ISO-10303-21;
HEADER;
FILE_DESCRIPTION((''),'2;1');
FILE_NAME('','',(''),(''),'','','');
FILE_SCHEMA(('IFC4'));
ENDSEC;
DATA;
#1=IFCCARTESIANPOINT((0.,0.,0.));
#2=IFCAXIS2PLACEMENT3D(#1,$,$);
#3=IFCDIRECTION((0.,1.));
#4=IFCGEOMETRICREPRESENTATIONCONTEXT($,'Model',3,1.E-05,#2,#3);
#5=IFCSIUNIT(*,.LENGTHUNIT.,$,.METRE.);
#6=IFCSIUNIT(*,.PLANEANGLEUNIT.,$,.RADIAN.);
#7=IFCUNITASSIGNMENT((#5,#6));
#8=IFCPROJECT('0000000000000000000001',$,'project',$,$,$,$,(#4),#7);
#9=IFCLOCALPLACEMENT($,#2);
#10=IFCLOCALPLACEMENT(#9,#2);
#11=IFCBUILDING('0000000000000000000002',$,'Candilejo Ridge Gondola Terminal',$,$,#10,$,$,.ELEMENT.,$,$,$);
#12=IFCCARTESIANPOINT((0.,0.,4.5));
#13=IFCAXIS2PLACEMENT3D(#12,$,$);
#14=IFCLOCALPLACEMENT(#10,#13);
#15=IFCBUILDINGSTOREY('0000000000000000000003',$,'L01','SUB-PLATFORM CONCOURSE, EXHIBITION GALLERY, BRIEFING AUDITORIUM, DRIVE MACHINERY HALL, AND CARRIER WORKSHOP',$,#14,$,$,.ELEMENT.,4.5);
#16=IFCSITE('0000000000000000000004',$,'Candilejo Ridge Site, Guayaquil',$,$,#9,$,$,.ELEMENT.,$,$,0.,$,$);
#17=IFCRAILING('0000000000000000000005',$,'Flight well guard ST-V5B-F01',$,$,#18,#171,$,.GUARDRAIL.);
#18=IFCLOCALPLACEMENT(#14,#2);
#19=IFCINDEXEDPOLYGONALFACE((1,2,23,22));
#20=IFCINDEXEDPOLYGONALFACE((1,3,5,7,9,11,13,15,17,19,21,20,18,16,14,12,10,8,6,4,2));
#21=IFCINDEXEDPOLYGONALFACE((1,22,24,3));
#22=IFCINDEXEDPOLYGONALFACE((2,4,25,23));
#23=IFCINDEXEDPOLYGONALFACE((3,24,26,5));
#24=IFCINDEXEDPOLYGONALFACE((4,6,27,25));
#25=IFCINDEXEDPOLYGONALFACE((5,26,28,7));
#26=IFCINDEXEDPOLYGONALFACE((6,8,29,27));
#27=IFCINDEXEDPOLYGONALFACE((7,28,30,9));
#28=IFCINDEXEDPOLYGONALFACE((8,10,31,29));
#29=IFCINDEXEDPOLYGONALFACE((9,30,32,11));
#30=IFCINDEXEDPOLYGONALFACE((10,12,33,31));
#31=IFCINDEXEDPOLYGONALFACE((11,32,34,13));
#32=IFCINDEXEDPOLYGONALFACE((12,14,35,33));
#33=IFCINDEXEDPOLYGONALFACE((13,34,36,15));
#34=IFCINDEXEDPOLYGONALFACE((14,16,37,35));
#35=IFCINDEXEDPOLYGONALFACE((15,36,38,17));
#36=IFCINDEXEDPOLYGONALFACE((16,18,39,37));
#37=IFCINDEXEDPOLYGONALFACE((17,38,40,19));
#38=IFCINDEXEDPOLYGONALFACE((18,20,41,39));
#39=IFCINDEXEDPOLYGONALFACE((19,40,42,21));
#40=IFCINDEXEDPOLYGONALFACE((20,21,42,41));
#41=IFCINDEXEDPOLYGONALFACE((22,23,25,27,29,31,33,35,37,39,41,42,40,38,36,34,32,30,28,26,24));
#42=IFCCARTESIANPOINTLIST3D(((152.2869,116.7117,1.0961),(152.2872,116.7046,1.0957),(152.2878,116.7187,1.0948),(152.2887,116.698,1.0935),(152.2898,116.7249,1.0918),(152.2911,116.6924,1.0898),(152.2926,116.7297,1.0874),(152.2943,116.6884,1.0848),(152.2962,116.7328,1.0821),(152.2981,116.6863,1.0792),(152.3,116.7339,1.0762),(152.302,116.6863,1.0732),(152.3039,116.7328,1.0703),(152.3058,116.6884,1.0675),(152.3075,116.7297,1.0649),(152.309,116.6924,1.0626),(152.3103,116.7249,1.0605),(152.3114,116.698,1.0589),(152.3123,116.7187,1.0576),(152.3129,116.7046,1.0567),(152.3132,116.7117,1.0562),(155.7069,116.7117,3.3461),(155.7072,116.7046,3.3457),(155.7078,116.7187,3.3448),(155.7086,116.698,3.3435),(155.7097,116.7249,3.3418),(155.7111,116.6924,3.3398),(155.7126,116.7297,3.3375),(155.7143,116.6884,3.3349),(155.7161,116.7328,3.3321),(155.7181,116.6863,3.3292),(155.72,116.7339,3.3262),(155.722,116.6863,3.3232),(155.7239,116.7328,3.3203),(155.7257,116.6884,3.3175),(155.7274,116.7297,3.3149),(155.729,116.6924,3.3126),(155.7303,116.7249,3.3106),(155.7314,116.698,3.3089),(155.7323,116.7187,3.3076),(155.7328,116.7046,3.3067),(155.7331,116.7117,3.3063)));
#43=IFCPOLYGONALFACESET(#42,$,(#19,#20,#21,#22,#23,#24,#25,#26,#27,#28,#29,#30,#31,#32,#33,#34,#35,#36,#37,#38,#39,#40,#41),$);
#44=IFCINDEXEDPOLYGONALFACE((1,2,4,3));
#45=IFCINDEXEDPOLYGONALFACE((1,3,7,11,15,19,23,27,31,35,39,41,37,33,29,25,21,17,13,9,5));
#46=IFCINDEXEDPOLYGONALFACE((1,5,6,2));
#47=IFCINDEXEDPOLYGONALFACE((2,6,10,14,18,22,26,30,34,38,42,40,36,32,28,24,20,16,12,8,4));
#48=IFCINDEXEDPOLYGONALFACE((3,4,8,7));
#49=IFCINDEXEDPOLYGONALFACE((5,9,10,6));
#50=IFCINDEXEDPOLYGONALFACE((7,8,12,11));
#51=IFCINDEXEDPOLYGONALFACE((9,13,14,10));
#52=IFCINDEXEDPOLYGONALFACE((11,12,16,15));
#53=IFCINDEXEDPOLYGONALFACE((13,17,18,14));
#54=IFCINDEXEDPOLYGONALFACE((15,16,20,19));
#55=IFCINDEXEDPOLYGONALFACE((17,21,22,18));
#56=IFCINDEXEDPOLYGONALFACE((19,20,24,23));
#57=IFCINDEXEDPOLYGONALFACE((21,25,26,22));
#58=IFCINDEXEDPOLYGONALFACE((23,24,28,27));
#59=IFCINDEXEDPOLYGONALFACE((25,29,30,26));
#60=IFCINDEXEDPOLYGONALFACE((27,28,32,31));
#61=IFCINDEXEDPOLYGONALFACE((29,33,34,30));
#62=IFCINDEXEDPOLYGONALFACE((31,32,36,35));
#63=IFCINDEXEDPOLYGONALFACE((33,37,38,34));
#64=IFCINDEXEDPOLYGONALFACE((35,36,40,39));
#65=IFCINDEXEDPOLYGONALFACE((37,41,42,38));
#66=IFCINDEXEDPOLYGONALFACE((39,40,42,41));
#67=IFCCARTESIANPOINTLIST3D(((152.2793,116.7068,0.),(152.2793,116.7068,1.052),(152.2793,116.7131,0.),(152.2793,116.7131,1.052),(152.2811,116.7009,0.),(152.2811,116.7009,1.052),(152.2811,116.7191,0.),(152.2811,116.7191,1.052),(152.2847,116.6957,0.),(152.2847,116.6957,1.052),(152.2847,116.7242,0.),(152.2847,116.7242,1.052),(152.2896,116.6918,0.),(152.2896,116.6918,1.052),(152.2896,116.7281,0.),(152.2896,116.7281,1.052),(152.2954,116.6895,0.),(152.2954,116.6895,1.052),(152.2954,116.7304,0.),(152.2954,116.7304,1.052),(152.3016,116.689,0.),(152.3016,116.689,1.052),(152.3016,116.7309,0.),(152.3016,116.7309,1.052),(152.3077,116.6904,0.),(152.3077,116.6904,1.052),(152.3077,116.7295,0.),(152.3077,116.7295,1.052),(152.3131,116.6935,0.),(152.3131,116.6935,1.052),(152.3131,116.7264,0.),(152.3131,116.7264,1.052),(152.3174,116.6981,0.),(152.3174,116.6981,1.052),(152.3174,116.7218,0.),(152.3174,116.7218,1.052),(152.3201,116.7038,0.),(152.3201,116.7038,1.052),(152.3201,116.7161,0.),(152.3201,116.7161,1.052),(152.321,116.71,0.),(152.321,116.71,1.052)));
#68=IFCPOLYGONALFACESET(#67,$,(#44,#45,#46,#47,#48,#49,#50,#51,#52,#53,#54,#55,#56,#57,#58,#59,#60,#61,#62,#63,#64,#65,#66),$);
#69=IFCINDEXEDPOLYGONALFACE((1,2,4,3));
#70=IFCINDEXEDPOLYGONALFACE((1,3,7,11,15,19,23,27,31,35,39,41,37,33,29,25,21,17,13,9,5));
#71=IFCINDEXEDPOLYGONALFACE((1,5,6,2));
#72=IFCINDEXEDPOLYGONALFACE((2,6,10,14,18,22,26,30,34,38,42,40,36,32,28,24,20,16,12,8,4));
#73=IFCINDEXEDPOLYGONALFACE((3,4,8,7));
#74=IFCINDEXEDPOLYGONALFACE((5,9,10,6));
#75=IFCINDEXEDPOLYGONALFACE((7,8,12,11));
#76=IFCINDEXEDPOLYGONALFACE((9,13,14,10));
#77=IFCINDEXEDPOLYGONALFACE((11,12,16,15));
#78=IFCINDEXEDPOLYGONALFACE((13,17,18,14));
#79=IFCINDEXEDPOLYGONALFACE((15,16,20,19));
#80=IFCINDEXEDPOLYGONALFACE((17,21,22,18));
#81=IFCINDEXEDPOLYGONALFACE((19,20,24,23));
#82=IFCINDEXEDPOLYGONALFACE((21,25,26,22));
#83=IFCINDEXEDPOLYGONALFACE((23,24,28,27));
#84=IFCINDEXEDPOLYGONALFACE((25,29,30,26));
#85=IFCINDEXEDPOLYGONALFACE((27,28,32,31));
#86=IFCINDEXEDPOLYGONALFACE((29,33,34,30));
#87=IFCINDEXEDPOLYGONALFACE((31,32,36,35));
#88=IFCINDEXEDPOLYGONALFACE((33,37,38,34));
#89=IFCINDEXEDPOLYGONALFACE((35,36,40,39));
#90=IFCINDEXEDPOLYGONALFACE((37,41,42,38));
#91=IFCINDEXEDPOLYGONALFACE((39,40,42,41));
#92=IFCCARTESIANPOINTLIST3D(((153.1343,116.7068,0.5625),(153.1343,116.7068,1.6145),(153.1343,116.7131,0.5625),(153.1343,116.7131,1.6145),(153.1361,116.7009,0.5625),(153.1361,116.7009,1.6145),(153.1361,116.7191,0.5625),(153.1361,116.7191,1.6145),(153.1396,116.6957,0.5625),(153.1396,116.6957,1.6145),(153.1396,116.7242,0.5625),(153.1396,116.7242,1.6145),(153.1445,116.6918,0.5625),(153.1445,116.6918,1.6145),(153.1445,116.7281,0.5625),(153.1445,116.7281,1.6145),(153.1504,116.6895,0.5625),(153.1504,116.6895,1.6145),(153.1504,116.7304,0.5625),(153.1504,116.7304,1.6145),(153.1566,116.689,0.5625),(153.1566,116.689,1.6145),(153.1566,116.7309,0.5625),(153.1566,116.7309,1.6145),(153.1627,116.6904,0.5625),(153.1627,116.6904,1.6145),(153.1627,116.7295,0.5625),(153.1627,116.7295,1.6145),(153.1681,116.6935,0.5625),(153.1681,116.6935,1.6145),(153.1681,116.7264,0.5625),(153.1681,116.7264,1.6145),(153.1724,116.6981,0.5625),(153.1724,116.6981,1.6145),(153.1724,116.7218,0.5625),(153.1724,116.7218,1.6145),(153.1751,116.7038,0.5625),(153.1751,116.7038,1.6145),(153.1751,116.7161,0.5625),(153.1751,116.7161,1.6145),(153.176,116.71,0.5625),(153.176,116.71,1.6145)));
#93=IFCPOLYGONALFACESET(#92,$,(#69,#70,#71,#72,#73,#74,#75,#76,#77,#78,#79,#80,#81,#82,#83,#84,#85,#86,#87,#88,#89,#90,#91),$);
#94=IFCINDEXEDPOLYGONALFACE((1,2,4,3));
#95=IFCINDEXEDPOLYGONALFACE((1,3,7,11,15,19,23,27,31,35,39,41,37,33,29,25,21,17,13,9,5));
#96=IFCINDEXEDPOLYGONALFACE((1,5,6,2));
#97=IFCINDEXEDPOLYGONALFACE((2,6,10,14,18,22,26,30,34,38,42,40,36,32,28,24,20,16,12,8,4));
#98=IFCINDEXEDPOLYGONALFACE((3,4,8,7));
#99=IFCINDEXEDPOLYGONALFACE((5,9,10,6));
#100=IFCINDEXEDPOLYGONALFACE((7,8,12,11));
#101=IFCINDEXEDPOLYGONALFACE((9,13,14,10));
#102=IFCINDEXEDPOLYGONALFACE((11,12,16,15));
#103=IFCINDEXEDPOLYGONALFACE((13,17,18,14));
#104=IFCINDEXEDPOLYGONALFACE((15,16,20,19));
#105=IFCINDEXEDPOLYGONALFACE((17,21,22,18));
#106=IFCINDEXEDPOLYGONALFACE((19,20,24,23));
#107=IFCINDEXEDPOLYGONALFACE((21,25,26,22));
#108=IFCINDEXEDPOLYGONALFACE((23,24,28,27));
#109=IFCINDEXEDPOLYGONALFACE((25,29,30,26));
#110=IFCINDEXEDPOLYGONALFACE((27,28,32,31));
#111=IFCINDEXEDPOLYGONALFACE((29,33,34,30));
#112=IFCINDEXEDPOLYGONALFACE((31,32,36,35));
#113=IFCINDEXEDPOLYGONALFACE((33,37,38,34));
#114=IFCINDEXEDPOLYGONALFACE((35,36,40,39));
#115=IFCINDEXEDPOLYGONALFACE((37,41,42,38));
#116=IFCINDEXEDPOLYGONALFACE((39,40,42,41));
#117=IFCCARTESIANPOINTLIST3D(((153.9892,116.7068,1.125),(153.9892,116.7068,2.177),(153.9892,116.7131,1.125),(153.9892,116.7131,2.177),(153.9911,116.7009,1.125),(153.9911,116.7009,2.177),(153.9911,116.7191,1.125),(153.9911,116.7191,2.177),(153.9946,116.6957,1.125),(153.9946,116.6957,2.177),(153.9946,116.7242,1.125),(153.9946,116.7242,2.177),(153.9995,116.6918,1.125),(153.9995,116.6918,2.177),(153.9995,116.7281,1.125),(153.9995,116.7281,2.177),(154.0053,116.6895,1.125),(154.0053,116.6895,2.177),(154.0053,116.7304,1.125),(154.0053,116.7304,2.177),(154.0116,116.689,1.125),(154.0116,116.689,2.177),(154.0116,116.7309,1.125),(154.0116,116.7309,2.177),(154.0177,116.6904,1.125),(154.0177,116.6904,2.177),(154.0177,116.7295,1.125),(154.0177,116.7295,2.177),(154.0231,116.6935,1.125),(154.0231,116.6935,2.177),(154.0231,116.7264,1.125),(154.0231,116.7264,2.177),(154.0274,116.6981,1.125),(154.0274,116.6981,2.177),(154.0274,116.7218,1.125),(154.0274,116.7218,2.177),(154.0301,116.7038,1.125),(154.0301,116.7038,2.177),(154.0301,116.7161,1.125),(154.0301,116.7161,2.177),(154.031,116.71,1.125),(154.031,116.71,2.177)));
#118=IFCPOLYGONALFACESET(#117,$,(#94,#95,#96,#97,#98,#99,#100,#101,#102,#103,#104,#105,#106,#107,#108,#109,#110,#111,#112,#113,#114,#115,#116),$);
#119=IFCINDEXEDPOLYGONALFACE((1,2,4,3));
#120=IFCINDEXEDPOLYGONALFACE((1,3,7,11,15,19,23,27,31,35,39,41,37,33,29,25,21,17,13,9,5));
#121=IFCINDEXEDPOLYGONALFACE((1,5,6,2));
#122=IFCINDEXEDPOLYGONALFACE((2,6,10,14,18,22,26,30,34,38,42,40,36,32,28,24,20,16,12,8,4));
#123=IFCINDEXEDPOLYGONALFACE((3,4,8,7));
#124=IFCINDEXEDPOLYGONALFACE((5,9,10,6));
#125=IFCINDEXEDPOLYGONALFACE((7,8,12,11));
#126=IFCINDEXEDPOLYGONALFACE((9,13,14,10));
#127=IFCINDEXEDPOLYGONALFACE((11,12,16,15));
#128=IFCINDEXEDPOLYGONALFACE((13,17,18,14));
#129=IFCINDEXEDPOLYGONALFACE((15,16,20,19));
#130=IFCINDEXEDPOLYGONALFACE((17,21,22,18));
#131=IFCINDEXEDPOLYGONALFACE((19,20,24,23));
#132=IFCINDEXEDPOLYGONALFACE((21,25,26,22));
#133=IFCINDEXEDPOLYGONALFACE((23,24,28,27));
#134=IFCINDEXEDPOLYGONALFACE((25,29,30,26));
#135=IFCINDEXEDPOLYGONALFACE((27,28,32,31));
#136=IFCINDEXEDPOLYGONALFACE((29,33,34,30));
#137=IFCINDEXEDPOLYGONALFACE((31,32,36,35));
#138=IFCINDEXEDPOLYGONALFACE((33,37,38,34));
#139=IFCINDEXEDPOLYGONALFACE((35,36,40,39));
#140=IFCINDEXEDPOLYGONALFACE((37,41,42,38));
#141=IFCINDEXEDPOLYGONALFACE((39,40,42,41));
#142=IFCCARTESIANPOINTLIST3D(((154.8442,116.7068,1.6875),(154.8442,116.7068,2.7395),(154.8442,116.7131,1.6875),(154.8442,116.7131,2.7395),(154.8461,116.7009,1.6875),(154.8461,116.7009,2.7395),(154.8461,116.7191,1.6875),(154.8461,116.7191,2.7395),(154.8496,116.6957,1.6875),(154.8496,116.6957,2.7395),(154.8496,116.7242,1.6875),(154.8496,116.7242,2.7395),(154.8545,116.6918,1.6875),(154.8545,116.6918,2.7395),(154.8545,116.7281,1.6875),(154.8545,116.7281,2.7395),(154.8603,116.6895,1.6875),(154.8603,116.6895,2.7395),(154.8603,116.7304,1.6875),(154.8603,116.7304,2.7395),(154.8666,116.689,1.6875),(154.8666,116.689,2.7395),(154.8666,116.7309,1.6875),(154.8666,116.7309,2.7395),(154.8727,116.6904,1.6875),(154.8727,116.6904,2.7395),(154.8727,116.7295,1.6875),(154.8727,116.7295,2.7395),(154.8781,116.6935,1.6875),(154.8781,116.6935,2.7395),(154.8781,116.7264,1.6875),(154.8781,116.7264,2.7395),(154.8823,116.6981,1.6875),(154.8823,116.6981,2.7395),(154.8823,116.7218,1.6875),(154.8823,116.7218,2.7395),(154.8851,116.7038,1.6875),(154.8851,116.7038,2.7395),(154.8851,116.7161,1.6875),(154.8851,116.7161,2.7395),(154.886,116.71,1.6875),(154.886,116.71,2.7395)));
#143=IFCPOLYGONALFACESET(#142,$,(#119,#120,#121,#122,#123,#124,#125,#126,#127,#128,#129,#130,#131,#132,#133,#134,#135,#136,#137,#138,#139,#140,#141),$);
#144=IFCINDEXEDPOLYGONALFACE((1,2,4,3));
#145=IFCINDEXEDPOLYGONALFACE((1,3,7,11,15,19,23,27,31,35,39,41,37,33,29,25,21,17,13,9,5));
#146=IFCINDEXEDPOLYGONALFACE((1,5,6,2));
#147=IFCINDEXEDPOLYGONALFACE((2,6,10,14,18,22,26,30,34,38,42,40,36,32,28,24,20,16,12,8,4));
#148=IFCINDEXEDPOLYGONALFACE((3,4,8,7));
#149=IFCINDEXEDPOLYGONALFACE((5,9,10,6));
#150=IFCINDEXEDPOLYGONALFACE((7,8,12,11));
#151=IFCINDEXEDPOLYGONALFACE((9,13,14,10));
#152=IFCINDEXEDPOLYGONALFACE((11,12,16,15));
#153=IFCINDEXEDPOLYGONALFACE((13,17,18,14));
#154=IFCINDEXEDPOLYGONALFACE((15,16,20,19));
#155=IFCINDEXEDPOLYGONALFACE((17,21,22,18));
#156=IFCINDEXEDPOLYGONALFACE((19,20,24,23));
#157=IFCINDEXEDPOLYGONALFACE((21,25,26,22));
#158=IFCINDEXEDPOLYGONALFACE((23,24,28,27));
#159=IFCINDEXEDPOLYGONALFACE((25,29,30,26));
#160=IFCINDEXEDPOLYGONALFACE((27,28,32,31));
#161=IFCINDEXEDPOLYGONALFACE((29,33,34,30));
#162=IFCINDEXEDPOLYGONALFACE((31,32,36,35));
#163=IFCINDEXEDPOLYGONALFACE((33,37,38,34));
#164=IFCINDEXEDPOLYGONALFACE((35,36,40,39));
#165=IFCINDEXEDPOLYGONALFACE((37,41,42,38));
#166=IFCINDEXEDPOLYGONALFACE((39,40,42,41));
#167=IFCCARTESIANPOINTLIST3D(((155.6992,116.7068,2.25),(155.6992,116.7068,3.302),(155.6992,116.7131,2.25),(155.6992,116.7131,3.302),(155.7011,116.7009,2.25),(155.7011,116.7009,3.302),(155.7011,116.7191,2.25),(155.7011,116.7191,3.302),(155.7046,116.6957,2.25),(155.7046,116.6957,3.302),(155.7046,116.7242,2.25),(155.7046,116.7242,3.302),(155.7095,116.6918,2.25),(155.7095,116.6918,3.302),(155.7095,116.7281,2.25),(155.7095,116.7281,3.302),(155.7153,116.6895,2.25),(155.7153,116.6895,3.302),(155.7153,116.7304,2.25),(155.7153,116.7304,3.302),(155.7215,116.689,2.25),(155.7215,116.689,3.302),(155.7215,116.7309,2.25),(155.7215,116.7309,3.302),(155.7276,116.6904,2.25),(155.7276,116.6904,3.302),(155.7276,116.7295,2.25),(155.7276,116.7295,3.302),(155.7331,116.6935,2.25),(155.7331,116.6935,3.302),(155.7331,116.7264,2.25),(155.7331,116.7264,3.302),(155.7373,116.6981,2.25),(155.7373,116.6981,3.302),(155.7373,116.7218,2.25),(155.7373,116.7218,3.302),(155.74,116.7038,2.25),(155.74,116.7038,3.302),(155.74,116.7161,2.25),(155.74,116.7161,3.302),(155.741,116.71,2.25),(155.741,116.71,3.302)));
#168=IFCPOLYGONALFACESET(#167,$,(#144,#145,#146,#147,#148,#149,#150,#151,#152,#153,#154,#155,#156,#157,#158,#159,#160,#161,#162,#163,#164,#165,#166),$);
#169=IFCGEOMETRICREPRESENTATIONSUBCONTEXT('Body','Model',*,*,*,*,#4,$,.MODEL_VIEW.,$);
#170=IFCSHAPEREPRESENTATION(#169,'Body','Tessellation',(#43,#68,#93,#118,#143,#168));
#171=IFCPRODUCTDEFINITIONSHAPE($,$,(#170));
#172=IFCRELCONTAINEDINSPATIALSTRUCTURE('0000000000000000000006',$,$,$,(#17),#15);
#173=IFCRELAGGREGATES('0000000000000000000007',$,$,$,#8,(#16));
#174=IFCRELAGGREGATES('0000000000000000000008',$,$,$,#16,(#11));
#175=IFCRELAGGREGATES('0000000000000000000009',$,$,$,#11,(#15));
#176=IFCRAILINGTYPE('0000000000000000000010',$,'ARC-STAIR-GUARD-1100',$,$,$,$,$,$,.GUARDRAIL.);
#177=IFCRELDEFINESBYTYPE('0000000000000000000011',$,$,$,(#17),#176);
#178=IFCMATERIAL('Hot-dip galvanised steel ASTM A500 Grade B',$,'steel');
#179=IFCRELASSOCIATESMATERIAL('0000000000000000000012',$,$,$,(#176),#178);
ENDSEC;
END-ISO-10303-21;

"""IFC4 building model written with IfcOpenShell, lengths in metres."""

from ifc_helpers import new_model, si_unit, direction, frame, origin, origin_2d, place, context, subcontext, project, spatial, circle, extrude, material, type_object, element, save


model = new_model("IFC4")

# Units and contexts
model_context = context("Model", 3, precision=1e-05, world=origin(), true_north=direction((0.0, 1.0)))
body_context = subcontext(model_context, "Body", "Model", "MODEL_VIEW")
ifc_project = project(units=[si_unit("LENGTHUNIT", "METRE"), si_unit("PLANEANGLEUNIT", "RADIAN")], contexts=[model_context])

# Site, building, storey
site_placement = place(None, origin())
site = spatial("IfcSite", under=ifc_project, at=site_placement, Name="Candilejo Ridge Site, Guayaquil", CompositionType="ELEMENT", RefElevation=0.0)
building_placement = place(site_placement, origin())
building = spatial("IfcBuilding", under=site, at=building_placement, Name="Candilejo Ridge Gondola Terminal", CompositionType="ELEMENT")
storey_placement = place(building_placement, frame((0.0, 0.0, 4.5)))
storey = spatial("IfcBuildingStorey", under=building, at=storey_placement, Name="L01", Description="SUB-PLATFORM CONCOURSE, EXHIBITION GALLERY, BRIEFING AUDITORIUM, DRIVE MACHINERY HALL, AND CARRIER WORKSHOP", CompositionType="ELEMENT", Elevation=4.5)

# Railing
ifc_material_1 = material(Name="Hot-dip galvanised steel ASTM A500 Grade B", Category="steel")
railing_type_1 = type_object("IfcRailingType", Name="ARC-STAIR-GUARD-1100", PredefinedType="GUARDRAIL", material=ifc_material_1)
railing_1_placement = place(storey_placement, frame((152.3, 116.71, 0.0)))
element("IfcRailing", 1, at=railing_1_placement, inside=storey, type_object=railing_type_1, Name="Flight well guard ST-V5B-F01", PredefinedType="GUARDRAIL", context=body_context, shape_type="SweptSolid", body=[
    extrude(circle(Radius=0.0239, at=origin_2d()), frame((0.0, 0.0, 1.0762), z_axis=(0.835411, 0.0, 0.549625), x_axis=(0.0, 1.0, 0.0)), (0.0, 0.0, 1.0), 4.0938),
    extrude(circle(Radius=0.021, at=origin_2d()), origin(), (0.0, 0.0, 1.0), 1.052),
    extrude(circle(Radius=0.021, at=origin_2d()), frame((0.855, 0.0, 0.5625)), (0.0, 0.0, 1.0), 1.052),
    extrude(circle(Radius=0.021, at=origin_2d()), frame((1.71, 0.0, 1.125)), (0.0, 0.0, 1.0), 1.052),
    extrude(circle(Radius=0.021, at=origin_2d()), frame((2.5649, 0.0, 1.6875)), (0.0, 0.0, 1.0), 1.052),
    extrude(circle(Radius=0.021, at=origin_2d()), frame((3.4199, 0.0, 2.25)), (0.0, 0.0, 1.0), 1.052),
])

save(model, "model.ifc")
